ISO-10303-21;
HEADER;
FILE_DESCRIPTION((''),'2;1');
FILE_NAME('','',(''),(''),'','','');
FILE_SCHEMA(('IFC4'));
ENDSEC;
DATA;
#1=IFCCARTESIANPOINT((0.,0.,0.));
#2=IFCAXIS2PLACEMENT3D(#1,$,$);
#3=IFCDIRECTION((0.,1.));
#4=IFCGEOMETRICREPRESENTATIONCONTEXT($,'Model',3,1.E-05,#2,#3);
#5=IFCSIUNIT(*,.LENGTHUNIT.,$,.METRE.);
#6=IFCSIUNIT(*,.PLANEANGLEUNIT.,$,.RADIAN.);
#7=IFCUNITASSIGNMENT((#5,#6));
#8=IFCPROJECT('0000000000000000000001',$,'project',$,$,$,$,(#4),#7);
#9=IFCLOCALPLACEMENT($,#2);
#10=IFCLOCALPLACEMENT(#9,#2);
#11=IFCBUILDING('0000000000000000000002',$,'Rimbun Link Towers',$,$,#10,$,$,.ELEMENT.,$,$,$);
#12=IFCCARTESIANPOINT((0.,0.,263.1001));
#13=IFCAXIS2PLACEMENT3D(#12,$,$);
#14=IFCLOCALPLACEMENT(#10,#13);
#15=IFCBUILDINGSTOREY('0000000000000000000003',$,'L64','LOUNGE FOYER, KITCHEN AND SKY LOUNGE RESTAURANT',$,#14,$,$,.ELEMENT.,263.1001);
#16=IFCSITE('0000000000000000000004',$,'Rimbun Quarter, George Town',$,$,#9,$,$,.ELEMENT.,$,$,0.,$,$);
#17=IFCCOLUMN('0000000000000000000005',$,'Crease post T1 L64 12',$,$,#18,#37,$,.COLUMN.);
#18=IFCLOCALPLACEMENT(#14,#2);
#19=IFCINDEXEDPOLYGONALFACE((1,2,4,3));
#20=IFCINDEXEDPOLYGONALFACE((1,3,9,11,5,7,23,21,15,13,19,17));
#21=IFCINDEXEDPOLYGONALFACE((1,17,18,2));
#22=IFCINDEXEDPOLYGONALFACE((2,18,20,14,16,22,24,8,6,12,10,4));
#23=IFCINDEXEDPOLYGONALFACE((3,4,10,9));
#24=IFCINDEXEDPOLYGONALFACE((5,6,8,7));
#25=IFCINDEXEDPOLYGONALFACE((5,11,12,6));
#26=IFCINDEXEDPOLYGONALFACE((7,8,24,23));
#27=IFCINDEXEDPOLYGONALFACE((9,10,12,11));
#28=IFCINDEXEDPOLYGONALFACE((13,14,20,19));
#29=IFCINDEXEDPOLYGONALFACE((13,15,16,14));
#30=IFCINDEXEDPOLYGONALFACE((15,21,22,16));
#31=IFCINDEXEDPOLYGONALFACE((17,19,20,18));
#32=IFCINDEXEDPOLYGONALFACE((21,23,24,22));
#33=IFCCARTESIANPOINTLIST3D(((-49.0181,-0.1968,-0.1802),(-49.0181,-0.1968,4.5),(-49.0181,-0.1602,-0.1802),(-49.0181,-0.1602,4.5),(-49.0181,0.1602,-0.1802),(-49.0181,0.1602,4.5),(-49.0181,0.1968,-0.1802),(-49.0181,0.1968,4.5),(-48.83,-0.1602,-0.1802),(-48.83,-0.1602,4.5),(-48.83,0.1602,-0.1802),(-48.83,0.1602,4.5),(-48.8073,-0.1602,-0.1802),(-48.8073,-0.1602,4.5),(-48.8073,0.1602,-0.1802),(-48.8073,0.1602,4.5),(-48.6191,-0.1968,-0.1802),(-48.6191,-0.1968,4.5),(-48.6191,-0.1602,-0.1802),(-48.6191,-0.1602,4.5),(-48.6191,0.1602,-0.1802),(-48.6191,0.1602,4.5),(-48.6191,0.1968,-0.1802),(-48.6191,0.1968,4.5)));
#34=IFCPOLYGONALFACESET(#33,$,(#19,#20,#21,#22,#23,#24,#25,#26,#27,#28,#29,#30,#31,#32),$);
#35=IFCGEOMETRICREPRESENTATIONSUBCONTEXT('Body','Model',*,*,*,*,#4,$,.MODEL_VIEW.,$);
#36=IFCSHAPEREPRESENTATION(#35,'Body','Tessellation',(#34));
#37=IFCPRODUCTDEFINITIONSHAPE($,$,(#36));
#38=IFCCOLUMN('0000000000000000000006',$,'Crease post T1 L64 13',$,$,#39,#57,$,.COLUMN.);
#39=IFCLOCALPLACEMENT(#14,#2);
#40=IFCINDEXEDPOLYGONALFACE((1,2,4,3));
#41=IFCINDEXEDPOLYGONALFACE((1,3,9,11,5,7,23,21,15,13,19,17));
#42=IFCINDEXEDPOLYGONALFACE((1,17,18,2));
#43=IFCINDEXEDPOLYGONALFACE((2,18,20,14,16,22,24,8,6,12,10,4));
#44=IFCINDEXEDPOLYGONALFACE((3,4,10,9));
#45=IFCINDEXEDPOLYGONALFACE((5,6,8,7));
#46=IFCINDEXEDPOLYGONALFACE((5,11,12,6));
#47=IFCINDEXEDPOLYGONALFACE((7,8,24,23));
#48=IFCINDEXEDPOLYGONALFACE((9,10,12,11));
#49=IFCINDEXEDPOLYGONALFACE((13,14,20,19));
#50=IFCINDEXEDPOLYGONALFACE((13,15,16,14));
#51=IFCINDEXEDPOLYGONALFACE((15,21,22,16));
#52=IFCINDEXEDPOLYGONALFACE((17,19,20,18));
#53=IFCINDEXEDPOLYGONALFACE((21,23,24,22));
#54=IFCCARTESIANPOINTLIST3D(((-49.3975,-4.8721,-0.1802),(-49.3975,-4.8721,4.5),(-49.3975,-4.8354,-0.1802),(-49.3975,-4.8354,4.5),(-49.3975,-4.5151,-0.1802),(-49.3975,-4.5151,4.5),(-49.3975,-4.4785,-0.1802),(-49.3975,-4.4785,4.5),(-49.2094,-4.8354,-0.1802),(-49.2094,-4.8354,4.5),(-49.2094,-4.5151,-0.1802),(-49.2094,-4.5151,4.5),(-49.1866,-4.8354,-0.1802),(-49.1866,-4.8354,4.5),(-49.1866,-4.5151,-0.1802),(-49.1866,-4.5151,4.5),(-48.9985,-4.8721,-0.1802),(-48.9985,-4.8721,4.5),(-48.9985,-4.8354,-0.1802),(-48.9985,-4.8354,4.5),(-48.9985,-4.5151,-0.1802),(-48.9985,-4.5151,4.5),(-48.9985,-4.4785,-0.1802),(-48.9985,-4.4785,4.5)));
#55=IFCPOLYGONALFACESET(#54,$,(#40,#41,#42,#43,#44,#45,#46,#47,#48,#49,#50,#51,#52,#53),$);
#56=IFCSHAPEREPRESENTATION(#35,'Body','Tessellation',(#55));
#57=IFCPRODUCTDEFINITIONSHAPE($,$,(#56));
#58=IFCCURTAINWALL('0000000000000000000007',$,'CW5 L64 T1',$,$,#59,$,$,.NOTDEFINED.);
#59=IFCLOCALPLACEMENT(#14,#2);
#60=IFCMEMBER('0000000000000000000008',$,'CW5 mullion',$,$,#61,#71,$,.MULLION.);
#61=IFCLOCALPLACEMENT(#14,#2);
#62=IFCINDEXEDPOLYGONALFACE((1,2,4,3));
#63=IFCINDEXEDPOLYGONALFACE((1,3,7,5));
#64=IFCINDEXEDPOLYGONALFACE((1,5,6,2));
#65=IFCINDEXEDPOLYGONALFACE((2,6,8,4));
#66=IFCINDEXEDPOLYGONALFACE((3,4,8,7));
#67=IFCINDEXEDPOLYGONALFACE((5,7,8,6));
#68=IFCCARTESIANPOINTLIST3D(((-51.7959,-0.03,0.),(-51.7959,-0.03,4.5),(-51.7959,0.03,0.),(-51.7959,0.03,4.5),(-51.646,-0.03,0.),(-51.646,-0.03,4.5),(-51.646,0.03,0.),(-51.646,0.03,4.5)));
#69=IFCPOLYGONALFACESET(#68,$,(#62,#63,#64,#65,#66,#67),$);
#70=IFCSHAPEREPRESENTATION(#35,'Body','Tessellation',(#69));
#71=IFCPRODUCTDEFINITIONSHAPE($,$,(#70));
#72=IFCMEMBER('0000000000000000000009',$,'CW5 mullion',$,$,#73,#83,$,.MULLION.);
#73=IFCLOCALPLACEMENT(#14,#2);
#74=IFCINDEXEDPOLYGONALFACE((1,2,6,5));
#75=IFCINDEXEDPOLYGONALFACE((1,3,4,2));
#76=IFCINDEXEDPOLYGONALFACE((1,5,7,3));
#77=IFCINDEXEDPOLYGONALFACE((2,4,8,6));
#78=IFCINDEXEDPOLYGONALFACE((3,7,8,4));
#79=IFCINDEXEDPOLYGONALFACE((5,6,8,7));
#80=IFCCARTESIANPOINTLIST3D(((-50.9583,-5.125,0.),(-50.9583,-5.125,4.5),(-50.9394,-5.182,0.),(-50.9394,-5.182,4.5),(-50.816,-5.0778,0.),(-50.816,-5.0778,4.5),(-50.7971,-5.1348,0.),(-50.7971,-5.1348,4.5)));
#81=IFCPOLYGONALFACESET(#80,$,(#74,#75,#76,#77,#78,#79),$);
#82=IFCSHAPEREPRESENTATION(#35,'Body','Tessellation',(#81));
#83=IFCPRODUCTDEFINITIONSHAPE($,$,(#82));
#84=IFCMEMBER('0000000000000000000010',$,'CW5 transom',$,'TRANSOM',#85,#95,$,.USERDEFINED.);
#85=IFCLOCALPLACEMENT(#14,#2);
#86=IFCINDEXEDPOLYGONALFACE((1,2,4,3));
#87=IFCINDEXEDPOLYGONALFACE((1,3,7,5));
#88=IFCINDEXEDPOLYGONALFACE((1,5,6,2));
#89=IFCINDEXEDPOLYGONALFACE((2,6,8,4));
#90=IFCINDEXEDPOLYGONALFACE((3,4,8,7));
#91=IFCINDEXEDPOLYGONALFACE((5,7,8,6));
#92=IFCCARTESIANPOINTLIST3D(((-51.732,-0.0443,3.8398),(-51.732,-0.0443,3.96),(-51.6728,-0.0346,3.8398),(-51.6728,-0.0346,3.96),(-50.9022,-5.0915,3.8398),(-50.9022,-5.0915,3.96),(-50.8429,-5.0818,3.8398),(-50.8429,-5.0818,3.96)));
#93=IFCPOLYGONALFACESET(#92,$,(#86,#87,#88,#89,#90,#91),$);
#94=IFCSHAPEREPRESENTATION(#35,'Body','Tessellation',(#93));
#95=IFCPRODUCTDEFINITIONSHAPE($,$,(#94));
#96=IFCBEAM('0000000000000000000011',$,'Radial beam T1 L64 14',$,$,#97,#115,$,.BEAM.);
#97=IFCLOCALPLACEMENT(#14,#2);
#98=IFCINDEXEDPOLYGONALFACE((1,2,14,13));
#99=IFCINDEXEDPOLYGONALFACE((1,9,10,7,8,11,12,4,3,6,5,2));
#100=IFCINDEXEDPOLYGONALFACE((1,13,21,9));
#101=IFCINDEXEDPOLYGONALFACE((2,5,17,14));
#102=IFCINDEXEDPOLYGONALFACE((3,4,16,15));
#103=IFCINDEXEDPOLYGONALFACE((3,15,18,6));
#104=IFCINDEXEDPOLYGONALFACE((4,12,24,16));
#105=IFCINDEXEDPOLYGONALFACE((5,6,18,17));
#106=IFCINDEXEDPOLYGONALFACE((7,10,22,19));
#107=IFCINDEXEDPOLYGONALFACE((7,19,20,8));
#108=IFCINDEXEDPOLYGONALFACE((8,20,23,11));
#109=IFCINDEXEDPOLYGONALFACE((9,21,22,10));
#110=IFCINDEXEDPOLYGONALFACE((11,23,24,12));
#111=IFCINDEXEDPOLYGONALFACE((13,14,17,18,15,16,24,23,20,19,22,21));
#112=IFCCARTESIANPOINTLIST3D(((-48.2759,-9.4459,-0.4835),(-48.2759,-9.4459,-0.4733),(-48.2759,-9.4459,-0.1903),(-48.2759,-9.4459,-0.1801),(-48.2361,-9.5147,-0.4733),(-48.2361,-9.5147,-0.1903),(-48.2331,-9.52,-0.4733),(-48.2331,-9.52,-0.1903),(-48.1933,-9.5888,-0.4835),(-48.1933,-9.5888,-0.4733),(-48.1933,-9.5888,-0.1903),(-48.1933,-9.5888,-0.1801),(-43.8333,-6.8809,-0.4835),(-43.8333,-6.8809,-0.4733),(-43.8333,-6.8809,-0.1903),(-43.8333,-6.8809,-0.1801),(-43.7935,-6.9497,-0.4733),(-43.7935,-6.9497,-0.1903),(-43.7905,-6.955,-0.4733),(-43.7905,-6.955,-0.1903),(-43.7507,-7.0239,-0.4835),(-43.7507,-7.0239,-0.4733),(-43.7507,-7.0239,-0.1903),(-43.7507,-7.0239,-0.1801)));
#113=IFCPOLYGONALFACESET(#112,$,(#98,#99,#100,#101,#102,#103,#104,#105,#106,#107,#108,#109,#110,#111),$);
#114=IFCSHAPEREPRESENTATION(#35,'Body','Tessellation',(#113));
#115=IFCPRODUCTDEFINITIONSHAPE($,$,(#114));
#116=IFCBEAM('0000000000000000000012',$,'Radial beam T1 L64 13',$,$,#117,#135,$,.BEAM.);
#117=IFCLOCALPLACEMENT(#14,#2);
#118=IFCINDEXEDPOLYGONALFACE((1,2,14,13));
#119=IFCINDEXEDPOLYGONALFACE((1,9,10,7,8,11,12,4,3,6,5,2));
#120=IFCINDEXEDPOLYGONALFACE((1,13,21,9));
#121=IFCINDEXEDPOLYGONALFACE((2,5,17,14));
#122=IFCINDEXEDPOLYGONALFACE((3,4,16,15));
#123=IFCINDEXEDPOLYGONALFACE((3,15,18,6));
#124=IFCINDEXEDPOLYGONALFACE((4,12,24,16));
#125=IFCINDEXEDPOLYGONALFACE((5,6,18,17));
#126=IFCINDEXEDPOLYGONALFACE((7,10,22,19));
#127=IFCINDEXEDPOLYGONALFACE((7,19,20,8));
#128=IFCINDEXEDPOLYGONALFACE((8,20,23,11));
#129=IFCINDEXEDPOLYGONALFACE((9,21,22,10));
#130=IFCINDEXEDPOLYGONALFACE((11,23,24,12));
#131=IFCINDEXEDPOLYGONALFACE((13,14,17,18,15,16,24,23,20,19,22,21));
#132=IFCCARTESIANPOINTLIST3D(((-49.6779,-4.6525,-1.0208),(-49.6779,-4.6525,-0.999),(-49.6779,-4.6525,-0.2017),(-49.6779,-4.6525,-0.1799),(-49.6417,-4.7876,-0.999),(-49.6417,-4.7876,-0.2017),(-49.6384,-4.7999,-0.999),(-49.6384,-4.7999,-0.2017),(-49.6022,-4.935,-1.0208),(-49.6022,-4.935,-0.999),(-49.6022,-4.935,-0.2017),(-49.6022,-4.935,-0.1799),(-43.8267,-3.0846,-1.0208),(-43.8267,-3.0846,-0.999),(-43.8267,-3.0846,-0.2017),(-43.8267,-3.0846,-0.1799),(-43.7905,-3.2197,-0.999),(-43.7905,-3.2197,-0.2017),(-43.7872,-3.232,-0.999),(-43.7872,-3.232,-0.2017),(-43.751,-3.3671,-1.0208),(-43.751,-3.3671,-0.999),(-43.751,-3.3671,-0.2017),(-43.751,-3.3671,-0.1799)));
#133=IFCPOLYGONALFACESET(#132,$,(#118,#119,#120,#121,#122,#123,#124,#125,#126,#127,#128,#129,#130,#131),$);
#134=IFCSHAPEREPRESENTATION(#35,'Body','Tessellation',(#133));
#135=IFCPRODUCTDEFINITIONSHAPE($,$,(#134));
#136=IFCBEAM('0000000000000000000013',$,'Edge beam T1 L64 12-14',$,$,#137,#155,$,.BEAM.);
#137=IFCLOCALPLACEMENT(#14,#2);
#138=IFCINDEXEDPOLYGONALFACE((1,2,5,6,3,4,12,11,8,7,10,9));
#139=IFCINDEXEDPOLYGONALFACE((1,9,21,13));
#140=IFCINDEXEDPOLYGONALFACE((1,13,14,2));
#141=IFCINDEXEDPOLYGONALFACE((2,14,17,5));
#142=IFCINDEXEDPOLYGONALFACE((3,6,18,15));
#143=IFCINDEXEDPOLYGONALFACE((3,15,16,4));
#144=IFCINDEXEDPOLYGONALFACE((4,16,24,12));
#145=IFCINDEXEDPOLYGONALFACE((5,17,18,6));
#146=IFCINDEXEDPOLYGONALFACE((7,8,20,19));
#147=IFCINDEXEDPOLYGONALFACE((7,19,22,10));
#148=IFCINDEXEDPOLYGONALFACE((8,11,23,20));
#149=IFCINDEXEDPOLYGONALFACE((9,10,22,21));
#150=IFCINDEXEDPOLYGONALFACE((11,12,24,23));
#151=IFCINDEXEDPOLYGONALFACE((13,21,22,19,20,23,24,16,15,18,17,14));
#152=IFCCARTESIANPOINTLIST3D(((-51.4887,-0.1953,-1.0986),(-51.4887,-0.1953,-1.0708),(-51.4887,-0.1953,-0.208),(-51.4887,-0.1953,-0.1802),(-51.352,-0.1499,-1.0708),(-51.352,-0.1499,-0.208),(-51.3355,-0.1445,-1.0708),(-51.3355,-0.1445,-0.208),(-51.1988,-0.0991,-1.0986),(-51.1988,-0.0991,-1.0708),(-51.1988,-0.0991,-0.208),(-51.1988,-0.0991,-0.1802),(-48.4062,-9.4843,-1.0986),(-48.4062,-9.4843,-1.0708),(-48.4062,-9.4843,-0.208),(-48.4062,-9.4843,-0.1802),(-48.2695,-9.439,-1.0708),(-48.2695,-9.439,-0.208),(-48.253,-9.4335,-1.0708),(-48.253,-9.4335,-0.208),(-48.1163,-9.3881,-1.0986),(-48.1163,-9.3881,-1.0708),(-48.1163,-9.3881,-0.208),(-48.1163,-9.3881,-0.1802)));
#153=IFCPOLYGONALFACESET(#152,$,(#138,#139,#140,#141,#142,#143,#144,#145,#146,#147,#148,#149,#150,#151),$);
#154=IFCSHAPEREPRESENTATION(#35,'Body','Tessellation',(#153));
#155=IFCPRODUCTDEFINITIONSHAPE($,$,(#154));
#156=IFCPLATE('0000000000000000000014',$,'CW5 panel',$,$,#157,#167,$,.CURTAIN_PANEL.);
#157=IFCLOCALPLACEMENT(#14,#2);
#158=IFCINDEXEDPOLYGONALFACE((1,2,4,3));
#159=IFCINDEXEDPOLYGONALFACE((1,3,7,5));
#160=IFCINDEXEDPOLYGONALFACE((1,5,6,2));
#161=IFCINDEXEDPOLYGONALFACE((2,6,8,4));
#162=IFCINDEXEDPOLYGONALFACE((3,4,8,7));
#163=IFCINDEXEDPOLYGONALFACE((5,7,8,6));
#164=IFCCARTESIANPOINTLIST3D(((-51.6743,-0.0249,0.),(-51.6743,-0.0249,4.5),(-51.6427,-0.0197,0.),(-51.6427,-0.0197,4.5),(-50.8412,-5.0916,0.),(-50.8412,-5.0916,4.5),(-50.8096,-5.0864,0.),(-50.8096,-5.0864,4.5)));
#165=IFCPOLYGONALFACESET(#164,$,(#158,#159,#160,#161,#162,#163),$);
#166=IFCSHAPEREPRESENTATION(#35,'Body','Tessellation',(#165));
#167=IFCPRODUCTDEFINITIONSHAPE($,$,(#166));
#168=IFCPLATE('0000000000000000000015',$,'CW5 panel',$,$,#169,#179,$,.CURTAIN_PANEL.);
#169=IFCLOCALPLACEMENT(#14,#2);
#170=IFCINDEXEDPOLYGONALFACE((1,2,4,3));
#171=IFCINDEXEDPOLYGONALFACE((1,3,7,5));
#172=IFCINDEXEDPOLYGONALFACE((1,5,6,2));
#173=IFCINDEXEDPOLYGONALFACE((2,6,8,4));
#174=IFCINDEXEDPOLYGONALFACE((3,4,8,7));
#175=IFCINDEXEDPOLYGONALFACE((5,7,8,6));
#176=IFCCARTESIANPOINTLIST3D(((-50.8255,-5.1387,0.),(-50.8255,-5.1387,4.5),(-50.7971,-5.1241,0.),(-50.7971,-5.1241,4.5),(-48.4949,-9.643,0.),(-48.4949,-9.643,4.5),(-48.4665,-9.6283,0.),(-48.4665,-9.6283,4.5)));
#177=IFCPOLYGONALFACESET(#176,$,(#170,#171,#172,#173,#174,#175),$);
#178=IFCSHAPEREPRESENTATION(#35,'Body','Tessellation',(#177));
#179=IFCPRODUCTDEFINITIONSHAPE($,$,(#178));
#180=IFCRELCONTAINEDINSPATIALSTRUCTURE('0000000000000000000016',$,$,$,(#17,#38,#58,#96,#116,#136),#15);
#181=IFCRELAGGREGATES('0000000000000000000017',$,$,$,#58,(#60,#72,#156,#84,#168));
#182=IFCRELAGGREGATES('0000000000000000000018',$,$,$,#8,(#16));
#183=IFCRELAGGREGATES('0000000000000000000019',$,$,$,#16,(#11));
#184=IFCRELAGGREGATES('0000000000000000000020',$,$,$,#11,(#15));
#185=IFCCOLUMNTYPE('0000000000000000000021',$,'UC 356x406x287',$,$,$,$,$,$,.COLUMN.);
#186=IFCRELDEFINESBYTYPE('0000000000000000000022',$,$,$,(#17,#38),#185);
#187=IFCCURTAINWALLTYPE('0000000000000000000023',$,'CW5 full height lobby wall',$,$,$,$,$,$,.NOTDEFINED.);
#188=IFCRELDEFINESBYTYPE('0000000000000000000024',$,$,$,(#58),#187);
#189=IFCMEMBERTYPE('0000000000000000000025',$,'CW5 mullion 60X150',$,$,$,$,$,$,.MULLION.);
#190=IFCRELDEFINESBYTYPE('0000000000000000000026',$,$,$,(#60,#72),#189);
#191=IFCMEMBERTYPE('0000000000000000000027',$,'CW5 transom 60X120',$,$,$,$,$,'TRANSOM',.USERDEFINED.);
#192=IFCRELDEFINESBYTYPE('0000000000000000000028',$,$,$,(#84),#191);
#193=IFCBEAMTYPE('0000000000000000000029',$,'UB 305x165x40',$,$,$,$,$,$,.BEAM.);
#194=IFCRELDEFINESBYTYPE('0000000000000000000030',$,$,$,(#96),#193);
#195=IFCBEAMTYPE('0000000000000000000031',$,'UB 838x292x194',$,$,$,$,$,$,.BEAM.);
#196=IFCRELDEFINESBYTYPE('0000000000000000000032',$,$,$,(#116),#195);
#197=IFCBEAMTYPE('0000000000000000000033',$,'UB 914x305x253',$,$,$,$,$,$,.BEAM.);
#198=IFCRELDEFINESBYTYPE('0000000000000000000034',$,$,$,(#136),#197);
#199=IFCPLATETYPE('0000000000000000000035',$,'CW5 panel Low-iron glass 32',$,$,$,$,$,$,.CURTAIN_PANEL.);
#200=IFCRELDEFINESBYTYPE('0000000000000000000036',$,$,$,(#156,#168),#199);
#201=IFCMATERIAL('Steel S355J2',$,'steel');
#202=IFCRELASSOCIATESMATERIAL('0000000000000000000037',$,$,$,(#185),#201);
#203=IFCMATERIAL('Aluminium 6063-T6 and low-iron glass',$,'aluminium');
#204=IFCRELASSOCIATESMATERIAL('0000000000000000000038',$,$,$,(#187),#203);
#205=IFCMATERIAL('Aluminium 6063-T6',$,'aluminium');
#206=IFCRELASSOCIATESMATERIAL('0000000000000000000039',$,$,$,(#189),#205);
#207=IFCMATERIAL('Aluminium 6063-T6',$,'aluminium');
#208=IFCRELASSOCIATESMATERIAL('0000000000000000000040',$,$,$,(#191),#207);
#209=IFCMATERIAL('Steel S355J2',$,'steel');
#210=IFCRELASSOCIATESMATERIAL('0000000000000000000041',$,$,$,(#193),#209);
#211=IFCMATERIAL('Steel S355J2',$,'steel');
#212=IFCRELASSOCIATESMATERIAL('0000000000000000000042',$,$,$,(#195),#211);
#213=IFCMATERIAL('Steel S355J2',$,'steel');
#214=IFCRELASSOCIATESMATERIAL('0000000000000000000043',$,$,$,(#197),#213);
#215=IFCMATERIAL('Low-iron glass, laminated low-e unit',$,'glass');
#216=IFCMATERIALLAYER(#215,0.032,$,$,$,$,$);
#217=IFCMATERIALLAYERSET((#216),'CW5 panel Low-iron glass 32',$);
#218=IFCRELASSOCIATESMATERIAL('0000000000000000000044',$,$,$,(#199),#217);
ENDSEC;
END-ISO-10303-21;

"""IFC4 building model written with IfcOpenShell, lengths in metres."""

from ifc_helpers import new_model, si_unit, direction, frame, origin, origin_2d, place, context, subcontext, project, spatial, rectangle, i_section, extrude, material, layer, layer_set, material_profile, profile_set, type_object, element, aggregate, save


model = new_model("IFC4")

# Units and contexts
model_context = context("Model", 3, precision=1e-05, world=origin(), true_north=direction((0.0, 1.0)))
body_context = subcontext(model_context, "Body", "Model", "MODEL_VIEW")
ifc_project = project(units=[si_unit("LENGTHUNIT", "METRE"), si_unit("PLANEANGLEUNIT", "RADIAN")], contexts=[model_context])

# Site, building, storey
site_placement = place(None, origin())
site = spatial("IfcSite", under=ifc_project, at=site_placement, Name="Rimbun Quarter, George Town", CompositionType="ELEMENT", RefElevation=0.0)
building_placement = place(site_placement, origin())
building = spatial("IfcBuilding", under=site, at=building_placement, Name="Rimbun Link Towers", CompositionType="ELEMENT")
storey_placement = place(building_placement, frame((0.0, 0.0, 263.1001)))
storey = spatial("IfcBuildingStorey", under=building, at=storey_placement, Name="L64", Description="LOUNGE FOYER, KITCHEN AND SKY LOUNGE RESTAURANT", CompositionType="ELEMENT", Elevation=263.1001)

# Columns
ifc_material_1 = material(Name="Steel S355J2", Category="steel")
ifc_material_profile_1 = material_profile(ifc_material_1, i_section(OverallWidth=0.3989, OverallDepth=0.3936, WebThickness=0.0227, FlangeThickness=0.0366, at=origin_2d()), Name="UC 356x406x287")
ifc_profile_set_1 = profile_set([ifc_material_profile_1], Name="Steel S355J2")
column_type = type_object("IfcColumnType", Name="UC 356x406x287", PredefinedType="COLUMN", material=ifc_profile_set_1)
for number, where, z_axis, x_axis, name in (
    (1, (-48.8186, 0.0, -0.1802), (0.0, 0.0, 1.0), (1.0, 0.0, 0.0), "Crease post T1 L64 12"),
    (2, (-49.198, -4.6753, -0.1802), (0.0, 0.0, 1.0), (1.0, 0.0, 0.0), "Crease post T1 L64 13"),
):
    element("IfcColumn", number, at=place(storey_placement, frame(where, z_axis=z_axis, x_axis=x_axis)), inside=storey, type_object=column_type, Name=name, PredefinedType="COLUMN", context=body_context, shape_type="SweptSolid", body=[
        extrude(i_section(OverallWidth=0.3989, OverallDepth=0.3936, WebThickness=0.0227, FlangeThickness=0.0366, at=origin_2d()), origin(), (0.0, 0.0, 1.0), 4.6802),
    ])

# Curtain wall, members
ifc_material_2 = material(Name="Aluminium 6063-T6 and low-iron glass", Category="aluminium")
curtain_wall_type = type_object("IfcCurtainWallType", Name="CW5 full height lobby wall", PredefinedType="NOTDEFINED", material=ifc_material_2)
curtain_wall_placement = place(storey_placement, origin())
curtain_wall = element("IfcCurtainWall", 3, at=curtain_wall_placement, inside=storey, type_object=curtain_wall_type, Name="CW5 L64 T1", PredefinedType="NOTDEFINED")
ifc_material_3 = material(Name="Aluminium 6063-T6", Category="aluminium")
ifc_material_profile_2 = material_profile(ifc_material_3, rectangle(XDim=0.1499, YDim=0.0601, at=origin_2d()), Name="MULLION 60X150")
ifc_profile_set_2 = profile_set([ifc_material_profile_2], Name="Aluminium 6063-T6")
member_type_1 = type_object("IfcMemberType", Name="CW5 mullion 60X150", PredefinedType="MULLION", material=ifc_profile_set_2)
member_1_placement = place(storey_placement, frame((-51.7209, 0.0, 0.0), z_axis=(0.0, 0.0, 1.0), x_axis=(-1.0, 0.0, 0.0)))
member_1 = element("IfcMember", 4, at=member_1_placement, type_object=member_type_1, Name="CW5 mullion", PredefinedType="MULLION", context=body_context, shape_type="SweptSolid", body=[
    extrude(rectangle(XDim=0.1499, YDim=0.0601, at=origin_2d()), origin(), (0.0, 0.0, 1.0), 4.5),
])
member_2_placement = place(storey_placement, frame((-50.8777, -5.1299, 0.0), z_axis=(0.0, 0.0, 1.0), x_axis=(-0.949163, -0.314784, 0.0)))
member_2 = element("IfcMember", 5, at=member_2_placement, type_object=member_type_1, Name="CW5 mullion", PredefinedType="MULLION", context=body_context, shape_type="SweptSolid", body=[
    extrude(rectangle(XDim=0.1499, YDim=0.0601, at=origin_2d()), origin(), (0.0, 0.0, 1.0), 4.5),
])
ifc_material_4 = material(Name="Aluminium 6063-T6", Category="aluminium")
ifc_material_profile_3 = material_profile(ifc_material_4, rectangle(XDim=0.0601, YDim=0.1201, at=origin_2d()), Name="TRANSOM 60X120")
ifc_profile_set_3 = profile_set([ifc_material_profile_3], Name="Aluminium 6063-T6")
member_type_2 = type_object("IfcMemberType", Name="CW5 transom 60X120", ElementType="TRANSOM", PredefinedType="USERDEFINED", material=ifc_profile_set_3)
member_3_placement = place(storey_placement, frame((-50.8726, -5.0867, 3.8999), z_axis=(-0.162239, 0.986751, 0.0), x_axis=(-0.986751, -0.162239, 0.0)))
member_3 = element("IfcMember", 6, at=member_3_placement, type_object=member_type_2, Name="CW5 transom", ObjectType="TRANSOM", PredefinedType="USERDEFINED", context=body_context, shape_type="SweptSolid", body=[
    extrude(rectangle(XDim=0.0601, YDim=0.1201, at=origin_2d()), origin(), (0.0, 0.0, 1.0), 5.115),
])

# Beams
ifc_material_5 = material(Name="Steel S355J2", Category="steel")
ifc_material_profile_4 = material_profile(ifc_material_5, i_section(OverallWidth=0.165, OverallDepth=0.3035, WebThickness=0.0061, FlangeThickness=0.0103, at=origin_2d()), Name="UB 305x165x40")
ifc_profile_set_4 = profile_set([ifc_material_profile_4], Name="Steel S355J2")
beam_type_1 = type_object("IfcBeamType", Name="UB 305x165x40", PredefinedType="BEAM", material=ifc_profile_set_4)
beam_1_placement = place(storey_placement, frame((-43.792, -6.9524, -0.3318), z_axis=(-0.866026, -0.499998, 0.0), x_axis=(0.499998, -0.866026, 0.0)))
element("IfcBeam", 7, at=beam_1_placement, inside=storey, type_object=beam_type_1, Name="Radial beam T1 L64 14", PredefinedType="BEAM", context=body_context, shape_type="SweptSolid", body=[
    extrude(i_section(OverallWidth=0.165, OverallDepth=0.3035, WebThickness=0.0061, FlangeThickness=0.0103, at=origin_2d()), origin(), (0.0, 0.0, 1.0), 5.1299),
])
ifc_material_6 = material(Name="Steel S355J2", Category="steel")
ifc_material_profile_5 = material_profile(ifc_material_6, i_section(OverallWidth=0.2925, OverallDepth=0.8408, WebThickness=0.0127, FlangeThickness=0.0217, at=origin_2d()), Name="UB 838x292x194")
ifc_profile_set_5 = profile_set([ifc_material_profile_5], Name="Steel S355J2")
beam_type_2 = type_object("IfcBeamType", Name="UB 838x292x194", PredefinedType="BEAM", material=ifc_profile_set_5)
beam_2_placement = place(storey_placement, frame((-43.7888, -3.2258, -0.6003), z_axis=(-0.965923, -0.258831, 0.0), x_axis=(0.258831, -0.965923, 0.0)))
element("IfcBeam", 8, at=beam_2_placement, inside=storey, type_object=beam_type_2, Name="Radial beam T1 L64 13", PredefinedType="BEAM", context=body_context, shape_type="SweptSolid", body=[
    extrude(i_section(OverallWidth=0.2925, OverallDepth=0.8408, WebThickness=0.0127, FlangeThickness=0.0217, at=origin_2d()), origin(), (0.0, 0.0, 1.0), 6.0576),
])
ifc_material_7 = material(Name="Steel S355J2", Category="steel")
ifc_material_profile_6 = material_profile(ifc_material_7, i_section(OverallWidth=0.3054, OverallDepth=0.9185, WebThickness=0.0173, FlangeThickness=0.0278, at=origin_2d()), Name="UB 914x305x253")
ifc_profile_set_6 = profile_set([ifc_material_profile_6], Name="Steel S355J2")
beam_type_3 = type_object("IfcBeamType", Name="UB 914x305x253", PredefinedType="BEAM", material=ifc_profile_set_6)
beam_3_placement = place(storey_placement, frame((-51.3438, -0.1472, -0.6394), z_axis=(0.314955, -0.949107, 0.0), x_axis=(0.949107, 0.314955, 0.0)))
element("IfcBeam", 9, at=beam_3_placement, inside=storey, type_object=beam_type_3, Name="Edge beam T1 L64 12-14", PredefinedType="BEAM", context=body_context, shape_type="SweptSolid", body=[
    extrude(i_section(OverallWidth=0.3054, OverallDepth=0.9185, WebThickness=0.0173, FlangeThickness=0.0278, at=origin_2d()), origin(), (0.0, 0.0, 1.0), 9.7871),
])

# Plates
ifc_material_8 = material(Name="Low-iron glass, laminated low-e unit", Category="glass")
ifc_layer_1 = layer(ifc_material_8, 0.032)
ifc_layer_set_1 = layer_set([ifc_layer_1], Name="CW5 panel Low-iron glass 32")
plate_type = type_object("IfcPlateType", Name="CW5 panel Low-iron glass 32", PredefinedType="CURTAIN_PANEL", material=ifc_layer_set_1)
plate_1_placement = place(storey_placement, frame((-51.2419, -2.5557, 0.0), z_axis=(0.0, 0.0, 1.0), x_axis=(-0.162249, 0.98675, 0.0)))
plate_1 = element("IfcPlate", 10, at=plate_1_placement, type_object=plate_type, Name="CW5 panel", PredefinedType="CURTAIN_PANEL", context=body_context, shape_type="SweptSolid", body=[
    extrude(rectangle(XDim=5.1348, YDim=0.032, at=origin_2d()), origin(), (0.0, 0.0, 1.0), 4.5),
])
plate_2_placement = place(storey_placement, frame((-49.646, -7.3835, 0.0), z_axis=(0.0, 0.0, 1.0), x_axis=(-0.459551, 0.888152, 0.0)))
plate_2 = element("IfcPlate", 11, at=plate_2_placement, type_object=plate_type, Name="CW5 panel", PredefinedType="CURTAIN_PANEL", context=body_context, shape_type="SweptSolid", body=[
    extrude(rectangle(XDim=5.0715, YDim=0.032, at=origin_2d()), origin(), (0.0, 0.0, 1.0), 4.5),
])
aggregate(curtain_wall, [member_1, member_2, plate_1, member_3, plate_2])

save(model, "model.ifc")
